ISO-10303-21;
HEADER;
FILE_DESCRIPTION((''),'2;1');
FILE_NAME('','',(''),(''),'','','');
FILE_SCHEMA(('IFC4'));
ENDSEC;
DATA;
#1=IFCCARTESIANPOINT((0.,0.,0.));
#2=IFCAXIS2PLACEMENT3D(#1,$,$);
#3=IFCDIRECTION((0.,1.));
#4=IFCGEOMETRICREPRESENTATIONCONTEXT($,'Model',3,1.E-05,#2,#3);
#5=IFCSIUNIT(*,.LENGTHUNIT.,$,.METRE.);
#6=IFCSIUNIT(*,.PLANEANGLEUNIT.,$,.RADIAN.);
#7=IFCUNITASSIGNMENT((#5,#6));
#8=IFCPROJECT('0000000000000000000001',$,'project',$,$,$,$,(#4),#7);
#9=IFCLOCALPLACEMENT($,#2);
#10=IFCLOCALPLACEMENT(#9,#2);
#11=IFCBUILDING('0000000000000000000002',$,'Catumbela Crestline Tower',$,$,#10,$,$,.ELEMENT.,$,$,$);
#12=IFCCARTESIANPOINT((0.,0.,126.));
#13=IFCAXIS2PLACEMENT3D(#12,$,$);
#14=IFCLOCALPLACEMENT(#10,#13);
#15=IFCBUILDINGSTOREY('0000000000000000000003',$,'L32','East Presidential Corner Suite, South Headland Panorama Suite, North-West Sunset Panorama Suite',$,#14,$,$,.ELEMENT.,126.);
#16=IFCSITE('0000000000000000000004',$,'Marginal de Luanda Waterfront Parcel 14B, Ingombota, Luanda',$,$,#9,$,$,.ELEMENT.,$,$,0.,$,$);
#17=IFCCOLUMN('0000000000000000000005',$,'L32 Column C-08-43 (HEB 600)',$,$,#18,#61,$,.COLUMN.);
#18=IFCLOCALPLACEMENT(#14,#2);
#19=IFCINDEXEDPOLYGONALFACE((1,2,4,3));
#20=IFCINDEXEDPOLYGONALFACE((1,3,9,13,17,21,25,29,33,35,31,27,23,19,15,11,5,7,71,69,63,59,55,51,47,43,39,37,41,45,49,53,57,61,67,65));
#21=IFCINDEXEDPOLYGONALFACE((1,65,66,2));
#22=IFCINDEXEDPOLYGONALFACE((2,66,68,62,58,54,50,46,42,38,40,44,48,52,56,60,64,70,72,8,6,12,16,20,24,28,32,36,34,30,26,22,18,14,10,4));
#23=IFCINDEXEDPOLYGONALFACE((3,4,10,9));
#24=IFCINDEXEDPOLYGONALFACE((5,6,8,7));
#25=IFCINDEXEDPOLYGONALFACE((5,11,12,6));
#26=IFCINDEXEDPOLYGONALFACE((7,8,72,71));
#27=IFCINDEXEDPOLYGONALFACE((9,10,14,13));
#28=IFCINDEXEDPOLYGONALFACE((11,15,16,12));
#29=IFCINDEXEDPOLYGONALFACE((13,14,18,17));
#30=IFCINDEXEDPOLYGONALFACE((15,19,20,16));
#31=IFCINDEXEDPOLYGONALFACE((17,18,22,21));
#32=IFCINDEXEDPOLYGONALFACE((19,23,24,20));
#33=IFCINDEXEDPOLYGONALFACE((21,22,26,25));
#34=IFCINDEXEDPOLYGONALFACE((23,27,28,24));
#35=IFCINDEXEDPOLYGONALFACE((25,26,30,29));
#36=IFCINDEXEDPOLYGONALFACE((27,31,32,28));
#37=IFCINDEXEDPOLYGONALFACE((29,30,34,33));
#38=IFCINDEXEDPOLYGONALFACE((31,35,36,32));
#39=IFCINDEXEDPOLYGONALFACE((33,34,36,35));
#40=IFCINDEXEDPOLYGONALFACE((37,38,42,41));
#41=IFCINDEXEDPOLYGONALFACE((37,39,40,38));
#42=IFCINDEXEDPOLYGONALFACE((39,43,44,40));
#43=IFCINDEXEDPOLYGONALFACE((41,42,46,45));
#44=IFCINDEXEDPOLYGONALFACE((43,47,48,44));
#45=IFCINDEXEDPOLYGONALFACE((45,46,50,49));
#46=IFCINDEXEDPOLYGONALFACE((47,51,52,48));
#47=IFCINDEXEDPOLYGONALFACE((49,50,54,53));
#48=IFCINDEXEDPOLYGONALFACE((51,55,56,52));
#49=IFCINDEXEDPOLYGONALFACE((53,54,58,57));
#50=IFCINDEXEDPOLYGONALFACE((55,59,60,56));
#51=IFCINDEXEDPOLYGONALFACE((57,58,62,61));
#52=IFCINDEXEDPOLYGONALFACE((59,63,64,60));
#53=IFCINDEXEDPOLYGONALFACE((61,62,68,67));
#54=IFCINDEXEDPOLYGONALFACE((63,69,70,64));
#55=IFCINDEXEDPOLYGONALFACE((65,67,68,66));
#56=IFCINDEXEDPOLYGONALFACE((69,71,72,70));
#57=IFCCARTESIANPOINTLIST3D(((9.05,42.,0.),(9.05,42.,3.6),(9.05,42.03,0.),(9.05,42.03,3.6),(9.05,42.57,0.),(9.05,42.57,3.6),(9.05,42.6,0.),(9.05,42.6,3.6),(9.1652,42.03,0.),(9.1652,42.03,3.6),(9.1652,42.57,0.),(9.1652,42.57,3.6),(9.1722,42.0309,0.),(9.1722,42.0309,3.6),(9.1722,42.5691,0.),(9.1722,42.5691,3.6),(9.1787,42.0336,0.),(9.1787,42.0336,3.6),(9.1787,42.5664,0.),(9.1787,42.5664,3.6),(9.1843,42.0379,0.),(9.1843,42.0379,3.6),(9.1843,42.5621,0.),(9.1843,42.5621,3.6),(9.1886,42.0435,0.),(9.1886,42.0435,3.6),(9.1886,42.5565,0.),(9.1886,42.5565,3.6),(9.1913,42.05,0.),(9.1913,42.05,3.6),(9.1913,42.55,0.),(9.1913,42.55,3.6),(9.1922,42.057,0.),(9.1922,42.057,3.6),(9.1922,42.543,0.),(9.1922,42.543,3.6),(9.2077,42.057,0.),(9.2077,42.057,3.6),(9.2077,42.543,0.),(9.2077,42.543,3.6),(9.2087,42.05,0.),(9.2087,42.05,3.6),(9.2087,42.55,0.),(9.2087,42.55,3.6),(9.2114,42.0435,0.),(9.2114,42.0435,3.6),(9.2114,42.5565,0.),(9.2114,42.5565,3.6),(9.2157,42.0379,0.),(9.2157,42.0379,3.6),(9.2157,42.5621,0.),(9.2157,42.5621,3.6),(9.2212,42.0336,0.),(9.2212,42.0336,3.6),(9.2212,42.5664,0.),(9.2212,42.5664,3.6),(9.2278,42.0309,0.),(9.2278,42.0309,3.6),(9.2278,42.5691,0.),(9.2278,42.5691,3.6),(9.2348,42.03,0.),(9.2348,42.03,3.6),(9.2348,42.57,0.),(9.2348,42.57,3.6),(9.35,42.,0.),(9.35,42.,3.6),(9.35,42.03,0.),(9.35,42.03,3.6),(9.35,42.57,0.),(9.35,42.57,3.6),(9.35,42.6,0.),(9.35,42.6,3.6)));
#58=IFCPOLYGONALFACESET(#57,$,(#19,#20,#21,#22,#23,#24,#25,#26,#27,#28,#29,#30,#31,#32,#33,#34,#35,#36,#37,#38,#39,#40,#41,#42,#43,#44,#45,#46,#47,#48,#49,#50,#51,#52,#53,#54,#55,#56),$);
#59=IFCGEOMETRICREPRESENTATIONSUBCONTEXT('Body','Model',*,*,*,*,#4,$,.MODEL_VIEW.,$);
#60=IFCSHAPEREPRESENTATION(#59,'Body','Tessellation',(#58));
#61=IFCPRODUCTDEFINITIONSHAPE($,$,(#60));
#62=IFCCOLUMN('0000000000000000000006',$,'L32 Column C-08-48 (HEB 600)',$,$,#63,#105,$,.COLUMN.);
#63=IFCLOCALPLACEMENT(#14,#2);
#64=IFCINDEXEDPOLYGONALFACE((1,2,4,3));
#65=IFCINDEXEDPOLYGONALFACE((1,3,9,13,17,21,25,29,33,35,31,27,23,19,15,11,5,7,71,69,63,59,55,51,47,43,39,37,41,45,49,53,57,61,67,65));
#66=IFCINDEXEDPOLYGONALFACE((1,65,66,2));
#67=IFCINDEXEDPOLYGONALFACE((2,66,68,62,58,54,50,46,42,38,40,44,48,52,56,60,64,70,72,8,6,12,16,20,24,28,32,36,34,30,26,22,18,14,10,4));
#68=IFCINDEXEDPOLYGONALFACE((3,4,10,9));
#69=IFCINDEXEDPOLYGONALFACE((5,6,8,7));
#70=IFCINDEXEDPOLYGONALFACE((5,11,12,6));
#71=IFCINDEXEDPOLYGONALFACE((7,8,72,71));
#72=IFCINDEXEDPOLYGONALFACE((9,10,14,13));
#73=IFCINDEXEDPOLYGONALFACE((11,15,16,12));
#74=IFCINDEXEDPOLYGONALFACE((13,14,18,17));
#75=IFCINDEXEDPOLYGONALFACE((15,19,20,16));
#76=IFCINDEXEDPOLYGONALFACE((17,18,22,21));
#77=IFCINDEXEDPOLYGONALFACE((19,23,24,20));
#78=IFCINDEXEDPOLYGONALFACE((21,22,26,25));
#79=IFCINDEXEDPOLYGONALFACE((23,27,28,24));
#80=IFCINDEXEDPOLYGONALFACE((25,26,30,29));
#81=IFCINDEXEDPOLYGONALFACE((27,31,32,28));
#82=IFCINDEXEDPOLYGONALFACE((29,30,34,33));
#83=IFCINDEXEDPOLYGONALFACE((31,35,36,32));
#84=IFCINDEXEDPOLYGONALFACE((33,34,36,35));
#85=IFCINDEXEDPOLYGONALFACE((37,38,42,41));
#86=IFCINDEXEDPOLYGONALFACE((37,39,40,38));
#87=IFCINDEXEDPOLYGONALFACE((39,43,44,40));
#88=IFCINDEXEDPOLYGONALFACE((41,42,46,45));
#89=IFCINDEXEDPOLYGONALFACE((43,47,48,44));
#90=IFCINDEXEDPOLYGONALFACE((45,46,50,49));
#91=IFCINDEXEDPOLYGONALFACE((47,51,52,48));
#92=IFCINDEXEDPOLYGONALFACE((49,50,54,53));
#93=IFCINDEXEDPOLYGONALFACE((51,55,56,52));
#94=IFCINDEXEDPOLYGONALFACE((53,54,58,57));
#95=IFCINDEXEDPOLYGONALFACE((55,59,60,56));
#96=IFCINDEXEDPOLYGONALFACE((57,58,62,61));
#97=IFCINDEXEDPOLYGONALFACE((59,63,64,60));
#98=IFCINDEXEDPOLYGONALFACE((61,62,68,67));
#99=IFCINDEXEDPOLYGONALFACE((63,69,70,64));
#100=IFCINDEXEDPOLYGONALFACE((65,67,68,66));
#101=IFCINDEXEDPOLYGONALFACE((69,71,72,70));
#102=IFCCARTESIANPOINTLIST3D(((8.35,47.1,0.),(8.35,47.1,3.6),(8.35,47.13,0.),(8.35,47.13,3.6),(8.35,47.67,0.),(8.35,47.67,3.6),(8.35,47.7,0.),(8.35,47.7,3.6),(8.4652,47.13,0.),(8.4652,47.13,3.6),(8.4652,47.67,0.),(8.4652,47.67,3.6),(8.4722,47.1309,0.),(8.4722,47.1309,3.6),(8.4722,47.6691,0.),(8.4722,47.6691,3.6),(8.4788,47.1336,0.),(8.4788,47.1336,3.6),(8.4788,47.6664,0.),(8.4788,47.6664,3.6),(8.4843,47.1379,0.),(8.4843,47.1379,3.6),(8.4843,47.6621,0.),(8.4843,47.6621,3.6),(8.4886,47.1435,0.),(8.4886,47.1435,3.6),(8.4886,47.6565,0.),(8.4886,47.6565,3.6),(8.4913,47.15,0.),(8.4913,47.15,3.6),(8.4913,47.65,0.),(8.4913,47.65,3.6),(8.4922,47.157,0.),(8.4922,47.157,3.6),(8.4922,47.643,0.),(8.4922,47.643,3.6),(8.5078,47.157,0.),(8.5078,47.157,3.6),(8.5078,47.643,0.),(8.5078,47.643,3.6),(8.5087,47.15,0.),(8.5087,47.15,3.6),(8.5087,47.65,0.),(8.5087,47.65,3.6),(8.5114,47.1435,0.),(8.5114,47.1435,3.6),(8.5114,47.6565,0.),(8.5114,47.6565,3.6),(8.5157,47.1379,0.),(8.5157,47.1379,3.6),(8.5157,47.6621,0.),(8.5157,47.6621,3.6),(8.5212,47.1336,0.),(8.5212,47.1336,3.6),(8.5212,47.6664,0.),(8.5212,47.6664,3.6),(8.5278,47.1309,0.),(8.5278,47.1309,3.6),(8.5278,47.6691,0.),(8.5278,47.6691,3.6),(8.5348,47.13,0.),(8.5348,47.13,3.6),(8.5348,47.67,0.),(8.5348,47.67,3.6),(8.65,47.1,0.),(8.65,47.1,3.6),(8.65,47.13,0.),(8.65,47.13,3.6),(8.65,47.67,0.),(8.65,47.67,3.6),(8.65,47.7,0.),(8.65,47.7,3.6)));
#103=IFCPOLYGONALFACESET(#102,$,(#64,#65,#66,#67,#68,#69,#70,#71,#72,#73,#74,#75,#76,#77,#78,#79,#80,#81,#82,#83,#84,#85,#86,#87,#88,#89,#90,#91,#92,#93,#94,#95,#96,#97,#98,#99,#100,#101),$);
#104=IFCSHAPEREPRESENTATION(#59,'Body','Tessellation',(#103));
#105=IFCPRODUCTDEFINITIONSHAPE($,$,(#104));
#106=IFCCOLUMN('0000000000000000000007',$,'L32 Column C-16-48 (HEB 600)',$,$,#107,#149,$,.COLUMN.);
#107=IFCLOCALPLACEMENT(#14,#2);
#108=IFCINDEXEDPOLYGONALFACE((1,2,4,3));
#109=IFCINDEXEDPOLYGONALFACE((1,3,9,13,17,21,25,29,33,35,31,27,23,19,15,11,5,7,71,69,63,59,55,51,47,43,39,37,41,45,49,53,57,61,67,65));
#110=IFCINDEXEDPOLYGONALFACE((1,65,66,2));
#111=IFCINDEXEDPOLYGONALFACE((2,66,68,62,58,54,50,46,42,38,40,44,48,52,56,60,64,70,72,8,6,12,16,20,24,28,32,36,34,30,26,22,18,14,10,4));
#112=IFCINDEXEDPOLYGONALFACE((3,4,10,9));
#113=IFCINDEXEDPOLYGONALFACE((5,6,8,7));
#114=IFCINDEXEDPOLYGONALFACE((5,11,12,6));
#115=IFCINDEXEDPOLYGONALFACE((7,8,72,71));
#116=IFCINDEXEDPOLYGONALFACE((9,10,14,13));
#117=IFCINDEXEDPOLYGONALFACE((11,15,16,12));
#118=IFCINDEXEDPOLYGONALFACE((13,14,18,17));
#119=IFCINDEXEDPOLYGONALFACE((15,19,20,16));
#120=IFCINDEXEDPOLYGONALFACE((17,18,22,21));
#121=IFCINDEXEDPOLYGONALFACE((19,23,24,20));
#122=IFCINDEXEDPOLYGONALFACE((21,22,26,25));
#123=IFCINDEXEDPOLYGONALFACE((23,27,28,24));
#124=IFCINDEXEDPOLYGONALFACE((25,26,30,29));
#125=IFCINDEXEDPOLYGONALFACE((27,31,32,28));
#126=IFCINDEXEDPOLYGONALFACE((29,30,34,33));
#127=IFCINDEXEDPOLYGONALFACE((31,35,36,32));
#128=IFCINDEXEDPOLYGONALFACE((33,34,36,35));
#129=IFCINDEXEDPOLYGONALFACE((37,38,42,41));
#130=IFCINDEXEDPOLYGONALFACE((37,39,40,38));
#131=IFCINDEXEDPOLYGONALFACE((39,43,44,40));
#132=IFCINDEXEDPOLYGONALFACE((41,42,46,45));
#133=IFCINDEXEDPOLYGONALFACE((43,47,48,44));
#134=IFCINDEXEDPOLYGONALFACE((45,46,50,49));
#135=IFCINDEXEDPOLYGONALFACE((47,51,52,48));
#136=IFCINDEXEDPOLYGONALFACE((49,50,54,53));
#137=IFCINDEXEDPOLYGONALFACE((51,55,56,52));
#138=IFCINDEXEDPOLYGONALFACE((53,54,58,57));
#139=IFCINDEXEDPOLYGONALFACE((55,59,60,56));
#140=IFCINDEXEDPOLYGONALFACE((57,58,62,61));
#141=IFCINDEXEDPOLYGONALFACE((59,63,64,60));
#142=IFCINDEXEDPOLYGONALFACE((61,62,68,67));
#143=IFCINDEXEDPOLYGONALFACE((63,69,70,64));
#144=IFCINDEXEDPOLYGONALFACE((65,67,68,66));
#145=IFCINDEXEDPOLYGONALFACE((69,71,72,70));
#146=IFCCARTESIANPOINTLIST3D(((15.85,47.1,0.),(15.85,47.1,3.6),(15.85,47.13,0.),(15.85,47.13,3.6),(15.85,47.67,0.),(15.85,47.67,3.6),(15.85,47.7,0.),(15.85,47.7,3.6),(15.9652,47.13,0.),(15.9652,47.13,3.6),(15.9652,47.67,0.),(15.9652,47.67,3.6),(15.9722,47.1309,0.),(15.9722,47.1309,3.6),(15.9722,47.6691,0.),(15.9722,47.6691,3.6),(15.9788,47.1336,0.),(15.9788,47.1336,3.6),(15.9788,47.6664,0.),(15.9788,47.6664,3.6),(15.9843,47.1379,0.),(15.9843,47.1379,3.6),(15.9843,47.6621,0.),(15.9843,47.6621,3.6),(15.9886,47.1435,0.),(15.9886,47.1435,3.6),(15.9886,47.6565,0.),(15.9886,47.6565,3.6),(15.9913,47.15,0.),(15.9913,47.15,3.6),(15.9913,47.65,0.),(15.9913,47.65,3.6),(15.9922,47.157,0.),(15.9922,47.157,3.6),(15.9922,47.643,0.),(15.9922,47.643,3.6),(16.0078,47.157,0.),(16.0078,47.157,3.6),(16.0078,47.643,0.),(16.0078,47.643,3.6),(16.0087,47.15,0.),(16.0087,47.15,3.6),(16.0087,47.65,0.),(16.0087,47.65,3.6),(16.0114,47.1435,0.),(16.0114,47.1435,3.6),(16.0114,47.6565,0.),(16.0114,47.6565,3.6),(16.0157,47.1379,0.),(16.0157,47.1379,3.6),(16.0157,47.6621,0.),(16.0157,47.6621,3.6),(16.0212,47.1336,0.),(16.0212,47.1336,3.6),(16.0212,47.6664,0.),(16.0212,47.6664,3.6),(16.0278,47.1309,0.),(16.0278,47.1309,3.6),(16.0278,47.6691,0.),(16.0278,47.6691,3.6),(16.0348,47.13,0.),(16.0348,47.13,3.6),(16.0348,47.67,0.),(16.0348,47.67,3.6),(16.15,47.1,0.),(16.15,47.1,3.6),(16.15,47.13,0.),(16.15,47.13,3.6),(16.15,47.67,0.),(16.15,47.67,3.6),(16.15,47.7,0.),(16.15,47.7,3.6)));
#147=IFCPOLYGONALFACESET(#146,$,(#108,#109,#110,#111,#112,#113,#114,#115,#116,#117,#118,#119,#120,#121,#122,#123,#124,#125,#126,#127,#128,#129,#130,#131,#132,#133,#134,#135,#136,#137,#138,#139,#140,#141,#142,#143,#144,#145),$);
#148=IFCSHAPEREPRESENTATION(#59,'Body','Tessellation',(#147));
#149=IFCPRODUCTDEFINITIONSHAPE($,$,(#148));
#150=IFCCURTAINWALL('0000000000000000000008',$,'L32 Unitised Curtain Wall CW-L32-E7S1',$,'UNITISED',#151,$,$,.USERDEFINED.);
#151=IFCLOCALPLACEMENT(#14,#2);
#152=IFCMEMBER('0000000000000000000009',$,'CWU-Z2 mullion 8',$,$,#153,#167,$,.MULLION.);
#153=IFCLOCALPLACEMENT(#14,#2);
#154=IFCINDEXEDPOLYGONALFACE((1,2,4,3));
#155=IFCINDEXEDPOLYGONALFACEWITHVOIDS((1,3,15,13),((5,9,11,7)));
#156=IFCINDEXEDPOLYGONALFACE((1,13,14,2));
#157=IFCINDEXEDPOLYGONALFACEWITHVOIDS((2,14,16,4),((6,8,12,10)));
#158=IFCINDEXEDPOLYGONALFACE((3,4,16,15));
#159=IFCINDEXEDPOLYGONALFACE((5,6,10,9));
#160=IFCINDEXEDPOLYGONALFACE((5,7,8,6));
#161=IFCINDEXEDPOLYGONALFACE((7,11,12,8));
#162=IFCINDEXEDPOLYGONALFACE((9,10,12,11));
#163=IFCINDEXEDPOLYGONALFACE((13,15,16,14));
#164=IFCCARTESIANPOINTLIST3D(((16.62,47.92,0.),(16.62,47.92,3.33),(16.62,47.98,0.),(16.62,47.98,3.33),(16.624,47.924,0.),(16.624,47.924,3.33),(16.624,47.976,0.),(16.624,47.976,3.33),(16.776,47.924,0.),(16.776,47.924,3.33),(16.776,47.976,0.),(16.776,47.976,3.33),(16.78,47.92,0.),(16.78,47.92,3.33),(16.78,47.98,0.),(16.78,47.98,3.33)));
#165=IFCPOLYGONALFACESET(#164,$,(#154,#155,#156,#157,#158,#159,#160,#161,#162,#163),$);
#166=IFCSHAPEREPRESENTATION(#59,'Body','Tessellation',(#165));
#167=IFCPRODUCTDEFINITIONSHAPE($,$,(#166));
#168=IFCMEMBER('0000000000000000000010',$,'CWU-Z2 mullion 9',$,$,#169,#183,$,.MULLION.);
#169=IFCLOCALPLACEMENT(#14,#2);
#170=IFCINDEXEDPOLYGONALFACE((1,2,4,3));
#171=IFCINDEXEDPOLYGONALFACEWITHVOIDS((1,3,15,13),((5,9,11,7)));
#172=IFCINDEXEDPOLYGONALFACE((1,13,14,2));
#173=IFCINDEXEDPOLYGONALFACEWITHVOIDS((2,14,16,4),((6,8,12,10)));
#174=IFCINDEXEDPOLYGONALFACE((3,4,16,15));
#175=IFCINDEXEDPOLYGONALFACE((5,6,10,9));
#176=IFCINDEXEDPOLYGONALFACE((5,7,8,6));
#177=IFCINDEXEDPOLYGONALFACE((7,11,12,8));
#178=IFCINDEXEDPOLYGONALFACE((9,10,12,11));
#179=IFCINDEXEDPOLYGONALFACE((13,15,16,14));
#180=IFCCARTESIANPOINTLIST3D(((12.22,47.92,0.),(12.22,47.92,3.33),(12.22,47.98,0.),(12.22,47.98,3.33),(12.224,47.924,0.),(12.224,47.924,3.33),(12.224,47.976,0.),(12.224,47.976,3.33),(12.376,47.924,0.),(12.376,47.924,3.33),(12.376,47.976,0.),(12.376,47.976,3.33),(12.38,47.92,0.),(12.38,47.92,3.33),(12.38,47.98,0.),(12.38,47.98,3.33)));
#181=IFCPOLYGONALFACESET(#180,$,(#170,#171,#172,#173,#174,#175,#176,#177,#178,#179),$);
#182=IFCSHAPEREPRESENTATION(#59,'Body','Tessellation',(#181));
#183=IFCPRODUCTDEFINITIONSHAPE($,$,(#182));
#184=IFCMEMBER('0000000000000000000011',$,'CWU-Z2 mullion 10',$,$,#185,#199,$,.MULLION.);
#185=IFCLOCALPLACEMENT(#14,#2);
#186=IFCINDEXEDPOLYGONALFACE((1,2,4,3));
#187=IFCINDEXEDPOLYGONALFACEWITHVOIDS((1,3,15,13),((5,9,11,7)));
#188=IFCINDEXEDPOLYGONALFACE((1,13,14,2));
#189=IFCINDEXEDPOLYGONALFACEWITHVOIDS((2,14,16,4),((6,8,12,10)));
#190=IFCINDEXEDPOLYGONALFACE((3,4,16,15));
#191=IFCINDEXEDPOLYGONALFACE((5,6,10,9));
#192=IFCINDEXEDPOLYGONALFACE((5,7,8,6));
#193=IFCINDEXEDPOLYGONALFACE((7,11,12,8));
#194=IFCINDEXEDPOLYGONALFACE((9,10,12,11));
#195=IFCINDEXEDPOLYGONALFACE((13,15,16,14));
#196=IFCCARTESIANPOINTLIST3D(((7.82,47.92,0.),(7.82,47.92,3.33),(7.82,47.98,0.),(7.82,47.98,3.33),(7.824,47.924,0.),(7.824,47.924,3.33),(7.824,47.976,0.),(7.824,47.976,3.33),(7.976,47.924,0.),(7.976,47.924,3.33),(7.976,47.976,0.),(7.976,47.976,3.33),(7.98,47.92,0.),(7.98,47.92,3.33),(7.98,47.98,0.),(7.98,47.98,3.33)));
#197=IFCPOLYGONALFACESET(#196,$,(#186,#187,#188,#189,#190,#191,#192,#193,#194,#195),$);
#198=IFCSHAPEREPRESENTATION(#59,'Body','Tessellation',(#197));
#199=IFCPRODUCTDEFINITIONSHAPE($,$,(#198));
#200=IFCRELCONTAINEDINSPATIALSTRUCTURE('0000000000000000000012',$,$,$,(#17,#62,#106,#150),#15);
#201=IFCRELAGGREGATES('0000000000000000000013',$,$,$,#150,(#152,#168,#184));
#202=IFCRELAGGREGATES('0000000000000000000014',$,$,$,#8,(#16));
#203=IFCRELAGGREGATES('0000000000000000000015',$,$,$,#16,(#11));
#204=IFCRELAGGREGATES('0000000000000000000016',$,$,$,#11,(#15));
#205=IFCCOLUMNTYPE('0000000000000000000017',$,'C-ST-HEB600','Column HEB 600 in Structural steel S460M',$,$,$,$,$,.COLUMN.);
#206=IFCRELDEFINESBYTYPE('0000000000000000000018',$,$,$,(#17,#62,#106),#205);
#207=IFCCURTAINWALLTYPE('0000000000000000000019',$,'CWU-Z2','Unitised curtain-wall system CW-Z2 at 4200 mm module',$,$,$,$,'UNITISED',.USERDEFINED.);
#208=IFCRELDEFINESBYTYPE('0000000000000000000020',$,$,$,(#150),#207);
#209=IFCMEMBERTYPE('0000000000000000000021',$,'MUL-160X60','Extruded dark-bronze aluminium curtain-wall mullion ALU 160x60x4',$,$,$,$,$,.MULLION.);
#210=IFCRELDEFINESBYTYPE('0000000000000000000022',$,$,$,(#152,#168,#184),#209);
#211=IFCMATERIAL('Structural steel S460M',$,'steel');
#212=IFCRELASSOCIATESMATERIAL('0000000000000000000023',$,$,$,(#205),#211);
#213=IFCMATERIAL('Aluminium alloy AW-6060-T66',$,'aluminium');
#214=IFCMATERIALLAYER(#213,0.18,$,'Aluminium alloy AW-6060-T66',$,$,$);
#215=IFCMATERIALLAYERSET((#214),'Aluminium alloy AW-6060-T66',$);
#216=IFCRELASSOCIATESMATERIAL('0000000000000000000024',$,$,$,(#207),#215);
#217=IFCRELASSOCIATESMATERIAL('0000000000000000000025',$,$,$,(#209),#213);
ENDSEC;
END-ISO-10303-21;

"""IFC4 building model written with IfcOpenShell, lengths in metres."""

from ifc_helpers import new_model, si_unit, direction, frame, origin, origin_2d, place, context, subcontext, project, spatial, hollow_rectangle, i_section, extrude, material, layer, layer_set, material_profile, profile_set, type_object, element, aggregate, save


model = new_model("IFC4")

# Units and contexts
model_context = context("Model", 3, precision=1e-05, world=origin(), true_north=direction((0.0, 1.0)))
body_context = subcontext(model_context, "Body", "Model", "MODEL_VIEW")
ifc_project = project(units=[si_unit("LENGTHUNIT", "METRE"), si_unit("PLANEANGLEUNIT", "RADIAN")], contexts=[model_context])

# Site, building, storey
site_placement = place(None, origin())
site = spatial("IfcSite", under=ifc_project, at=site_placement, Name="Marginal de Luanda Waterfront Parcel 14B, Ingombota, Luanda", CompositionType="ELEMENT", RefElevation=0.0)
building_placement = place(site_placement, origin())
building = spatial("IfcBuilding", under=site, at=building_placement, Name="Catumbela Crestline Tower", CompositionType="ELEMENT")
storey_placement = place(building_placement, frame((0.0, 0.0, 126.0)))
storey = spatial("IfcBuildingStorey", under=building, at=storey_placement, Name="L32", Description="East Presidential Corner Suite, South Headland Panorama Suite, North-West Sunset Panorama Suite", CompositionType="ELEMENT", Elevation=126.0)

# Columns
ifc_material_1 = material(Name="Structural steel S460M", Category="steel")
ifc_material_profile_1 = material_profile(ifc_material_1, i_section(OverallWidth=0.3, OverallDepth=0.6, WebThickness=0.0155, FlangeThickness=0.03, FilletRadius=0.027, at=origin_2d()), Name="HEB 600")
ifc_profile_set_1 = profile_set([ifc_material_profile_1], Name="Structural steel S460M")
column_type = type_object("IfcColumnType", Name="C-ST-HEB600", Description="Column HEB 600 in Structural steel S460M", PredefinedType="COLUMN", material=ifc_profile_set_1)
for number, where, z_axis, x_axis, name in (
    (1, (9.2, 42.3, 0.0), (0.0, 0.0, 1.0), (1.0, 0.0, 0.0), "L32 Column C-08-43 (HEB 600)"),
    (2, (8.5, 47.4, 0.0), (0.0, 0.0, 1.0), (1.0, 0.0, 0.0), "L32 Column C-08-48 (HEB 600)"),
    (3, (16.0, 47.4, 0.0), (0.0, 0.0, 1.0), (1.0, 0.0, 0.0), "L32 Column C-16-48 (HEB 600)"),
):
    element("IfcColumn", number, at=place(storey_placement, frame(where, z_axis=z_axis, x_axis=x_axis)), inside=storey, type_object=column_type, Name=name, PredefinedType="COLUMN", context=body_context, shape_type="SweptSolid", body=[
        extrude(i_section(OverallWidth=0.3, OverallDepth=0.6, WebThickness=0.0155, FlangeThickness=0.03, FilletRadius=0.027, at=origin_2d()), origin(), (0.0, 0.0, 1.0), 3.6),
    ])

# Curtain wall, members
ifc_material_2 = material(Name="Aluminium alloy AW-6060-T66", Category="aluminium")
ifc_layer_1 = layer(ifc_material_2, 0.18, Name="Aluminium alloy AW-6060-T66")
ifc_layer_set_1 = layer_set([ifc_layer_1], Name="Aluminium alloy AW-6060-T66")
curtain_wall_type = type_object("IfcCurtainWallType", Name="CWU-Z2", Description="Unitised curtain-wall system CW-Z2 at 4200 mm module", ElementType="UNITISED", PredefinedType="USERDEFINED", material=ifc_layer_set_1)
curtain_wall_placement = place(storey_placement, origin())
curtain_wall = element("IfcCurtainWall", 4, at=curtain_wall_placement, inside=storey, type_object=curtain_wall_type, Name="L32 Unitised Curtain Wall CW-L32-E7S1", ObjectType="UNITISED", PredefinedType="USERDEFINED")
ifc_material_profile_2 = material_profile(ifc_material_2, hollow_rectangle(XDim=0.06, YDim=0.16, WallThickness=0.004, at=origin_2d()), Name="ALU 160x60x4")
ifc_profile_set_2 = profile_set([ifc_material_profile_2], Name="Aluminium alloy AW-6060-T66")
member_type_1 = type_object("IfcMemberType", Name="MUL-160X60", Description="Extruded dark-bronze aluminium curtain-wall mullion ALU 160x60x4", PredefinedType="MULLION", material=ifc_profile_set_2)
member_1_placement = place(storey_placement, frame((16.7, 47.95, 0.0), z_axis=(0.0, 0.0, 1.0), x_axis=(0.0, -1.0, 0.0)))
member_1 = element("IfcMember", 5, at=member_1_placement, type_object=member_type_1, Name="CWU-Z2 mullion 8", PredefinedType="MULLION", context=body_context, shape_type="SweptSolid", body=[
    extrude(hollow_rectangle(XDim=0.06, YDim=0.16, WallThickness=0.004, at=origin_2d()), origin(), (0.0, 0.0, 1.0), 3.33),
])
member_2_placement = place(storey_placement, frame((12.3, 47.95, 0.0), z_axis=(0.0, 0.0, 1.0), x_axis=(0.0, -1.0, 0.0)))
member_2 = element("IfcMember", 6, at=member_2_placement, type_object=member_type_1, Name="CWU-Z2 mullion 9", PredefinedType="MULLION", context=body_context, shape_type="SweptSolid", body=[
    extrude(hollow_rectangle(XDim=0.06, YDim=0.16, WallThickness=0.004, at=origin_2d()), origin(), (0.0, 0.0, 1.0), 3.33),
])
member_3_placement = place(storey_placement, frame((7.9, 47.95, 0.0), z_axis=(0.0, 0.0, 1.0), x_axis=(0.0, -1.0, 0.0)))
member_3 = element("IfcMember", 7, at=member_3_placement, type_object=member_type_1, Name="CWU-Z2 mullion 10", PredefinedType="MULLION", context=body_context, shape_type="SweptSolid", body=[
    extrude(hollow_rectangle(XDim=0.06, YDim=0.16, WallThickness=0.004, at=origin_2d()), origin(), (0.0, 0.0, 1.0), 3.33),
])

aggregate(curtain_wall, [member_1, member_2, member_3])

save(model, "model.ifc")
